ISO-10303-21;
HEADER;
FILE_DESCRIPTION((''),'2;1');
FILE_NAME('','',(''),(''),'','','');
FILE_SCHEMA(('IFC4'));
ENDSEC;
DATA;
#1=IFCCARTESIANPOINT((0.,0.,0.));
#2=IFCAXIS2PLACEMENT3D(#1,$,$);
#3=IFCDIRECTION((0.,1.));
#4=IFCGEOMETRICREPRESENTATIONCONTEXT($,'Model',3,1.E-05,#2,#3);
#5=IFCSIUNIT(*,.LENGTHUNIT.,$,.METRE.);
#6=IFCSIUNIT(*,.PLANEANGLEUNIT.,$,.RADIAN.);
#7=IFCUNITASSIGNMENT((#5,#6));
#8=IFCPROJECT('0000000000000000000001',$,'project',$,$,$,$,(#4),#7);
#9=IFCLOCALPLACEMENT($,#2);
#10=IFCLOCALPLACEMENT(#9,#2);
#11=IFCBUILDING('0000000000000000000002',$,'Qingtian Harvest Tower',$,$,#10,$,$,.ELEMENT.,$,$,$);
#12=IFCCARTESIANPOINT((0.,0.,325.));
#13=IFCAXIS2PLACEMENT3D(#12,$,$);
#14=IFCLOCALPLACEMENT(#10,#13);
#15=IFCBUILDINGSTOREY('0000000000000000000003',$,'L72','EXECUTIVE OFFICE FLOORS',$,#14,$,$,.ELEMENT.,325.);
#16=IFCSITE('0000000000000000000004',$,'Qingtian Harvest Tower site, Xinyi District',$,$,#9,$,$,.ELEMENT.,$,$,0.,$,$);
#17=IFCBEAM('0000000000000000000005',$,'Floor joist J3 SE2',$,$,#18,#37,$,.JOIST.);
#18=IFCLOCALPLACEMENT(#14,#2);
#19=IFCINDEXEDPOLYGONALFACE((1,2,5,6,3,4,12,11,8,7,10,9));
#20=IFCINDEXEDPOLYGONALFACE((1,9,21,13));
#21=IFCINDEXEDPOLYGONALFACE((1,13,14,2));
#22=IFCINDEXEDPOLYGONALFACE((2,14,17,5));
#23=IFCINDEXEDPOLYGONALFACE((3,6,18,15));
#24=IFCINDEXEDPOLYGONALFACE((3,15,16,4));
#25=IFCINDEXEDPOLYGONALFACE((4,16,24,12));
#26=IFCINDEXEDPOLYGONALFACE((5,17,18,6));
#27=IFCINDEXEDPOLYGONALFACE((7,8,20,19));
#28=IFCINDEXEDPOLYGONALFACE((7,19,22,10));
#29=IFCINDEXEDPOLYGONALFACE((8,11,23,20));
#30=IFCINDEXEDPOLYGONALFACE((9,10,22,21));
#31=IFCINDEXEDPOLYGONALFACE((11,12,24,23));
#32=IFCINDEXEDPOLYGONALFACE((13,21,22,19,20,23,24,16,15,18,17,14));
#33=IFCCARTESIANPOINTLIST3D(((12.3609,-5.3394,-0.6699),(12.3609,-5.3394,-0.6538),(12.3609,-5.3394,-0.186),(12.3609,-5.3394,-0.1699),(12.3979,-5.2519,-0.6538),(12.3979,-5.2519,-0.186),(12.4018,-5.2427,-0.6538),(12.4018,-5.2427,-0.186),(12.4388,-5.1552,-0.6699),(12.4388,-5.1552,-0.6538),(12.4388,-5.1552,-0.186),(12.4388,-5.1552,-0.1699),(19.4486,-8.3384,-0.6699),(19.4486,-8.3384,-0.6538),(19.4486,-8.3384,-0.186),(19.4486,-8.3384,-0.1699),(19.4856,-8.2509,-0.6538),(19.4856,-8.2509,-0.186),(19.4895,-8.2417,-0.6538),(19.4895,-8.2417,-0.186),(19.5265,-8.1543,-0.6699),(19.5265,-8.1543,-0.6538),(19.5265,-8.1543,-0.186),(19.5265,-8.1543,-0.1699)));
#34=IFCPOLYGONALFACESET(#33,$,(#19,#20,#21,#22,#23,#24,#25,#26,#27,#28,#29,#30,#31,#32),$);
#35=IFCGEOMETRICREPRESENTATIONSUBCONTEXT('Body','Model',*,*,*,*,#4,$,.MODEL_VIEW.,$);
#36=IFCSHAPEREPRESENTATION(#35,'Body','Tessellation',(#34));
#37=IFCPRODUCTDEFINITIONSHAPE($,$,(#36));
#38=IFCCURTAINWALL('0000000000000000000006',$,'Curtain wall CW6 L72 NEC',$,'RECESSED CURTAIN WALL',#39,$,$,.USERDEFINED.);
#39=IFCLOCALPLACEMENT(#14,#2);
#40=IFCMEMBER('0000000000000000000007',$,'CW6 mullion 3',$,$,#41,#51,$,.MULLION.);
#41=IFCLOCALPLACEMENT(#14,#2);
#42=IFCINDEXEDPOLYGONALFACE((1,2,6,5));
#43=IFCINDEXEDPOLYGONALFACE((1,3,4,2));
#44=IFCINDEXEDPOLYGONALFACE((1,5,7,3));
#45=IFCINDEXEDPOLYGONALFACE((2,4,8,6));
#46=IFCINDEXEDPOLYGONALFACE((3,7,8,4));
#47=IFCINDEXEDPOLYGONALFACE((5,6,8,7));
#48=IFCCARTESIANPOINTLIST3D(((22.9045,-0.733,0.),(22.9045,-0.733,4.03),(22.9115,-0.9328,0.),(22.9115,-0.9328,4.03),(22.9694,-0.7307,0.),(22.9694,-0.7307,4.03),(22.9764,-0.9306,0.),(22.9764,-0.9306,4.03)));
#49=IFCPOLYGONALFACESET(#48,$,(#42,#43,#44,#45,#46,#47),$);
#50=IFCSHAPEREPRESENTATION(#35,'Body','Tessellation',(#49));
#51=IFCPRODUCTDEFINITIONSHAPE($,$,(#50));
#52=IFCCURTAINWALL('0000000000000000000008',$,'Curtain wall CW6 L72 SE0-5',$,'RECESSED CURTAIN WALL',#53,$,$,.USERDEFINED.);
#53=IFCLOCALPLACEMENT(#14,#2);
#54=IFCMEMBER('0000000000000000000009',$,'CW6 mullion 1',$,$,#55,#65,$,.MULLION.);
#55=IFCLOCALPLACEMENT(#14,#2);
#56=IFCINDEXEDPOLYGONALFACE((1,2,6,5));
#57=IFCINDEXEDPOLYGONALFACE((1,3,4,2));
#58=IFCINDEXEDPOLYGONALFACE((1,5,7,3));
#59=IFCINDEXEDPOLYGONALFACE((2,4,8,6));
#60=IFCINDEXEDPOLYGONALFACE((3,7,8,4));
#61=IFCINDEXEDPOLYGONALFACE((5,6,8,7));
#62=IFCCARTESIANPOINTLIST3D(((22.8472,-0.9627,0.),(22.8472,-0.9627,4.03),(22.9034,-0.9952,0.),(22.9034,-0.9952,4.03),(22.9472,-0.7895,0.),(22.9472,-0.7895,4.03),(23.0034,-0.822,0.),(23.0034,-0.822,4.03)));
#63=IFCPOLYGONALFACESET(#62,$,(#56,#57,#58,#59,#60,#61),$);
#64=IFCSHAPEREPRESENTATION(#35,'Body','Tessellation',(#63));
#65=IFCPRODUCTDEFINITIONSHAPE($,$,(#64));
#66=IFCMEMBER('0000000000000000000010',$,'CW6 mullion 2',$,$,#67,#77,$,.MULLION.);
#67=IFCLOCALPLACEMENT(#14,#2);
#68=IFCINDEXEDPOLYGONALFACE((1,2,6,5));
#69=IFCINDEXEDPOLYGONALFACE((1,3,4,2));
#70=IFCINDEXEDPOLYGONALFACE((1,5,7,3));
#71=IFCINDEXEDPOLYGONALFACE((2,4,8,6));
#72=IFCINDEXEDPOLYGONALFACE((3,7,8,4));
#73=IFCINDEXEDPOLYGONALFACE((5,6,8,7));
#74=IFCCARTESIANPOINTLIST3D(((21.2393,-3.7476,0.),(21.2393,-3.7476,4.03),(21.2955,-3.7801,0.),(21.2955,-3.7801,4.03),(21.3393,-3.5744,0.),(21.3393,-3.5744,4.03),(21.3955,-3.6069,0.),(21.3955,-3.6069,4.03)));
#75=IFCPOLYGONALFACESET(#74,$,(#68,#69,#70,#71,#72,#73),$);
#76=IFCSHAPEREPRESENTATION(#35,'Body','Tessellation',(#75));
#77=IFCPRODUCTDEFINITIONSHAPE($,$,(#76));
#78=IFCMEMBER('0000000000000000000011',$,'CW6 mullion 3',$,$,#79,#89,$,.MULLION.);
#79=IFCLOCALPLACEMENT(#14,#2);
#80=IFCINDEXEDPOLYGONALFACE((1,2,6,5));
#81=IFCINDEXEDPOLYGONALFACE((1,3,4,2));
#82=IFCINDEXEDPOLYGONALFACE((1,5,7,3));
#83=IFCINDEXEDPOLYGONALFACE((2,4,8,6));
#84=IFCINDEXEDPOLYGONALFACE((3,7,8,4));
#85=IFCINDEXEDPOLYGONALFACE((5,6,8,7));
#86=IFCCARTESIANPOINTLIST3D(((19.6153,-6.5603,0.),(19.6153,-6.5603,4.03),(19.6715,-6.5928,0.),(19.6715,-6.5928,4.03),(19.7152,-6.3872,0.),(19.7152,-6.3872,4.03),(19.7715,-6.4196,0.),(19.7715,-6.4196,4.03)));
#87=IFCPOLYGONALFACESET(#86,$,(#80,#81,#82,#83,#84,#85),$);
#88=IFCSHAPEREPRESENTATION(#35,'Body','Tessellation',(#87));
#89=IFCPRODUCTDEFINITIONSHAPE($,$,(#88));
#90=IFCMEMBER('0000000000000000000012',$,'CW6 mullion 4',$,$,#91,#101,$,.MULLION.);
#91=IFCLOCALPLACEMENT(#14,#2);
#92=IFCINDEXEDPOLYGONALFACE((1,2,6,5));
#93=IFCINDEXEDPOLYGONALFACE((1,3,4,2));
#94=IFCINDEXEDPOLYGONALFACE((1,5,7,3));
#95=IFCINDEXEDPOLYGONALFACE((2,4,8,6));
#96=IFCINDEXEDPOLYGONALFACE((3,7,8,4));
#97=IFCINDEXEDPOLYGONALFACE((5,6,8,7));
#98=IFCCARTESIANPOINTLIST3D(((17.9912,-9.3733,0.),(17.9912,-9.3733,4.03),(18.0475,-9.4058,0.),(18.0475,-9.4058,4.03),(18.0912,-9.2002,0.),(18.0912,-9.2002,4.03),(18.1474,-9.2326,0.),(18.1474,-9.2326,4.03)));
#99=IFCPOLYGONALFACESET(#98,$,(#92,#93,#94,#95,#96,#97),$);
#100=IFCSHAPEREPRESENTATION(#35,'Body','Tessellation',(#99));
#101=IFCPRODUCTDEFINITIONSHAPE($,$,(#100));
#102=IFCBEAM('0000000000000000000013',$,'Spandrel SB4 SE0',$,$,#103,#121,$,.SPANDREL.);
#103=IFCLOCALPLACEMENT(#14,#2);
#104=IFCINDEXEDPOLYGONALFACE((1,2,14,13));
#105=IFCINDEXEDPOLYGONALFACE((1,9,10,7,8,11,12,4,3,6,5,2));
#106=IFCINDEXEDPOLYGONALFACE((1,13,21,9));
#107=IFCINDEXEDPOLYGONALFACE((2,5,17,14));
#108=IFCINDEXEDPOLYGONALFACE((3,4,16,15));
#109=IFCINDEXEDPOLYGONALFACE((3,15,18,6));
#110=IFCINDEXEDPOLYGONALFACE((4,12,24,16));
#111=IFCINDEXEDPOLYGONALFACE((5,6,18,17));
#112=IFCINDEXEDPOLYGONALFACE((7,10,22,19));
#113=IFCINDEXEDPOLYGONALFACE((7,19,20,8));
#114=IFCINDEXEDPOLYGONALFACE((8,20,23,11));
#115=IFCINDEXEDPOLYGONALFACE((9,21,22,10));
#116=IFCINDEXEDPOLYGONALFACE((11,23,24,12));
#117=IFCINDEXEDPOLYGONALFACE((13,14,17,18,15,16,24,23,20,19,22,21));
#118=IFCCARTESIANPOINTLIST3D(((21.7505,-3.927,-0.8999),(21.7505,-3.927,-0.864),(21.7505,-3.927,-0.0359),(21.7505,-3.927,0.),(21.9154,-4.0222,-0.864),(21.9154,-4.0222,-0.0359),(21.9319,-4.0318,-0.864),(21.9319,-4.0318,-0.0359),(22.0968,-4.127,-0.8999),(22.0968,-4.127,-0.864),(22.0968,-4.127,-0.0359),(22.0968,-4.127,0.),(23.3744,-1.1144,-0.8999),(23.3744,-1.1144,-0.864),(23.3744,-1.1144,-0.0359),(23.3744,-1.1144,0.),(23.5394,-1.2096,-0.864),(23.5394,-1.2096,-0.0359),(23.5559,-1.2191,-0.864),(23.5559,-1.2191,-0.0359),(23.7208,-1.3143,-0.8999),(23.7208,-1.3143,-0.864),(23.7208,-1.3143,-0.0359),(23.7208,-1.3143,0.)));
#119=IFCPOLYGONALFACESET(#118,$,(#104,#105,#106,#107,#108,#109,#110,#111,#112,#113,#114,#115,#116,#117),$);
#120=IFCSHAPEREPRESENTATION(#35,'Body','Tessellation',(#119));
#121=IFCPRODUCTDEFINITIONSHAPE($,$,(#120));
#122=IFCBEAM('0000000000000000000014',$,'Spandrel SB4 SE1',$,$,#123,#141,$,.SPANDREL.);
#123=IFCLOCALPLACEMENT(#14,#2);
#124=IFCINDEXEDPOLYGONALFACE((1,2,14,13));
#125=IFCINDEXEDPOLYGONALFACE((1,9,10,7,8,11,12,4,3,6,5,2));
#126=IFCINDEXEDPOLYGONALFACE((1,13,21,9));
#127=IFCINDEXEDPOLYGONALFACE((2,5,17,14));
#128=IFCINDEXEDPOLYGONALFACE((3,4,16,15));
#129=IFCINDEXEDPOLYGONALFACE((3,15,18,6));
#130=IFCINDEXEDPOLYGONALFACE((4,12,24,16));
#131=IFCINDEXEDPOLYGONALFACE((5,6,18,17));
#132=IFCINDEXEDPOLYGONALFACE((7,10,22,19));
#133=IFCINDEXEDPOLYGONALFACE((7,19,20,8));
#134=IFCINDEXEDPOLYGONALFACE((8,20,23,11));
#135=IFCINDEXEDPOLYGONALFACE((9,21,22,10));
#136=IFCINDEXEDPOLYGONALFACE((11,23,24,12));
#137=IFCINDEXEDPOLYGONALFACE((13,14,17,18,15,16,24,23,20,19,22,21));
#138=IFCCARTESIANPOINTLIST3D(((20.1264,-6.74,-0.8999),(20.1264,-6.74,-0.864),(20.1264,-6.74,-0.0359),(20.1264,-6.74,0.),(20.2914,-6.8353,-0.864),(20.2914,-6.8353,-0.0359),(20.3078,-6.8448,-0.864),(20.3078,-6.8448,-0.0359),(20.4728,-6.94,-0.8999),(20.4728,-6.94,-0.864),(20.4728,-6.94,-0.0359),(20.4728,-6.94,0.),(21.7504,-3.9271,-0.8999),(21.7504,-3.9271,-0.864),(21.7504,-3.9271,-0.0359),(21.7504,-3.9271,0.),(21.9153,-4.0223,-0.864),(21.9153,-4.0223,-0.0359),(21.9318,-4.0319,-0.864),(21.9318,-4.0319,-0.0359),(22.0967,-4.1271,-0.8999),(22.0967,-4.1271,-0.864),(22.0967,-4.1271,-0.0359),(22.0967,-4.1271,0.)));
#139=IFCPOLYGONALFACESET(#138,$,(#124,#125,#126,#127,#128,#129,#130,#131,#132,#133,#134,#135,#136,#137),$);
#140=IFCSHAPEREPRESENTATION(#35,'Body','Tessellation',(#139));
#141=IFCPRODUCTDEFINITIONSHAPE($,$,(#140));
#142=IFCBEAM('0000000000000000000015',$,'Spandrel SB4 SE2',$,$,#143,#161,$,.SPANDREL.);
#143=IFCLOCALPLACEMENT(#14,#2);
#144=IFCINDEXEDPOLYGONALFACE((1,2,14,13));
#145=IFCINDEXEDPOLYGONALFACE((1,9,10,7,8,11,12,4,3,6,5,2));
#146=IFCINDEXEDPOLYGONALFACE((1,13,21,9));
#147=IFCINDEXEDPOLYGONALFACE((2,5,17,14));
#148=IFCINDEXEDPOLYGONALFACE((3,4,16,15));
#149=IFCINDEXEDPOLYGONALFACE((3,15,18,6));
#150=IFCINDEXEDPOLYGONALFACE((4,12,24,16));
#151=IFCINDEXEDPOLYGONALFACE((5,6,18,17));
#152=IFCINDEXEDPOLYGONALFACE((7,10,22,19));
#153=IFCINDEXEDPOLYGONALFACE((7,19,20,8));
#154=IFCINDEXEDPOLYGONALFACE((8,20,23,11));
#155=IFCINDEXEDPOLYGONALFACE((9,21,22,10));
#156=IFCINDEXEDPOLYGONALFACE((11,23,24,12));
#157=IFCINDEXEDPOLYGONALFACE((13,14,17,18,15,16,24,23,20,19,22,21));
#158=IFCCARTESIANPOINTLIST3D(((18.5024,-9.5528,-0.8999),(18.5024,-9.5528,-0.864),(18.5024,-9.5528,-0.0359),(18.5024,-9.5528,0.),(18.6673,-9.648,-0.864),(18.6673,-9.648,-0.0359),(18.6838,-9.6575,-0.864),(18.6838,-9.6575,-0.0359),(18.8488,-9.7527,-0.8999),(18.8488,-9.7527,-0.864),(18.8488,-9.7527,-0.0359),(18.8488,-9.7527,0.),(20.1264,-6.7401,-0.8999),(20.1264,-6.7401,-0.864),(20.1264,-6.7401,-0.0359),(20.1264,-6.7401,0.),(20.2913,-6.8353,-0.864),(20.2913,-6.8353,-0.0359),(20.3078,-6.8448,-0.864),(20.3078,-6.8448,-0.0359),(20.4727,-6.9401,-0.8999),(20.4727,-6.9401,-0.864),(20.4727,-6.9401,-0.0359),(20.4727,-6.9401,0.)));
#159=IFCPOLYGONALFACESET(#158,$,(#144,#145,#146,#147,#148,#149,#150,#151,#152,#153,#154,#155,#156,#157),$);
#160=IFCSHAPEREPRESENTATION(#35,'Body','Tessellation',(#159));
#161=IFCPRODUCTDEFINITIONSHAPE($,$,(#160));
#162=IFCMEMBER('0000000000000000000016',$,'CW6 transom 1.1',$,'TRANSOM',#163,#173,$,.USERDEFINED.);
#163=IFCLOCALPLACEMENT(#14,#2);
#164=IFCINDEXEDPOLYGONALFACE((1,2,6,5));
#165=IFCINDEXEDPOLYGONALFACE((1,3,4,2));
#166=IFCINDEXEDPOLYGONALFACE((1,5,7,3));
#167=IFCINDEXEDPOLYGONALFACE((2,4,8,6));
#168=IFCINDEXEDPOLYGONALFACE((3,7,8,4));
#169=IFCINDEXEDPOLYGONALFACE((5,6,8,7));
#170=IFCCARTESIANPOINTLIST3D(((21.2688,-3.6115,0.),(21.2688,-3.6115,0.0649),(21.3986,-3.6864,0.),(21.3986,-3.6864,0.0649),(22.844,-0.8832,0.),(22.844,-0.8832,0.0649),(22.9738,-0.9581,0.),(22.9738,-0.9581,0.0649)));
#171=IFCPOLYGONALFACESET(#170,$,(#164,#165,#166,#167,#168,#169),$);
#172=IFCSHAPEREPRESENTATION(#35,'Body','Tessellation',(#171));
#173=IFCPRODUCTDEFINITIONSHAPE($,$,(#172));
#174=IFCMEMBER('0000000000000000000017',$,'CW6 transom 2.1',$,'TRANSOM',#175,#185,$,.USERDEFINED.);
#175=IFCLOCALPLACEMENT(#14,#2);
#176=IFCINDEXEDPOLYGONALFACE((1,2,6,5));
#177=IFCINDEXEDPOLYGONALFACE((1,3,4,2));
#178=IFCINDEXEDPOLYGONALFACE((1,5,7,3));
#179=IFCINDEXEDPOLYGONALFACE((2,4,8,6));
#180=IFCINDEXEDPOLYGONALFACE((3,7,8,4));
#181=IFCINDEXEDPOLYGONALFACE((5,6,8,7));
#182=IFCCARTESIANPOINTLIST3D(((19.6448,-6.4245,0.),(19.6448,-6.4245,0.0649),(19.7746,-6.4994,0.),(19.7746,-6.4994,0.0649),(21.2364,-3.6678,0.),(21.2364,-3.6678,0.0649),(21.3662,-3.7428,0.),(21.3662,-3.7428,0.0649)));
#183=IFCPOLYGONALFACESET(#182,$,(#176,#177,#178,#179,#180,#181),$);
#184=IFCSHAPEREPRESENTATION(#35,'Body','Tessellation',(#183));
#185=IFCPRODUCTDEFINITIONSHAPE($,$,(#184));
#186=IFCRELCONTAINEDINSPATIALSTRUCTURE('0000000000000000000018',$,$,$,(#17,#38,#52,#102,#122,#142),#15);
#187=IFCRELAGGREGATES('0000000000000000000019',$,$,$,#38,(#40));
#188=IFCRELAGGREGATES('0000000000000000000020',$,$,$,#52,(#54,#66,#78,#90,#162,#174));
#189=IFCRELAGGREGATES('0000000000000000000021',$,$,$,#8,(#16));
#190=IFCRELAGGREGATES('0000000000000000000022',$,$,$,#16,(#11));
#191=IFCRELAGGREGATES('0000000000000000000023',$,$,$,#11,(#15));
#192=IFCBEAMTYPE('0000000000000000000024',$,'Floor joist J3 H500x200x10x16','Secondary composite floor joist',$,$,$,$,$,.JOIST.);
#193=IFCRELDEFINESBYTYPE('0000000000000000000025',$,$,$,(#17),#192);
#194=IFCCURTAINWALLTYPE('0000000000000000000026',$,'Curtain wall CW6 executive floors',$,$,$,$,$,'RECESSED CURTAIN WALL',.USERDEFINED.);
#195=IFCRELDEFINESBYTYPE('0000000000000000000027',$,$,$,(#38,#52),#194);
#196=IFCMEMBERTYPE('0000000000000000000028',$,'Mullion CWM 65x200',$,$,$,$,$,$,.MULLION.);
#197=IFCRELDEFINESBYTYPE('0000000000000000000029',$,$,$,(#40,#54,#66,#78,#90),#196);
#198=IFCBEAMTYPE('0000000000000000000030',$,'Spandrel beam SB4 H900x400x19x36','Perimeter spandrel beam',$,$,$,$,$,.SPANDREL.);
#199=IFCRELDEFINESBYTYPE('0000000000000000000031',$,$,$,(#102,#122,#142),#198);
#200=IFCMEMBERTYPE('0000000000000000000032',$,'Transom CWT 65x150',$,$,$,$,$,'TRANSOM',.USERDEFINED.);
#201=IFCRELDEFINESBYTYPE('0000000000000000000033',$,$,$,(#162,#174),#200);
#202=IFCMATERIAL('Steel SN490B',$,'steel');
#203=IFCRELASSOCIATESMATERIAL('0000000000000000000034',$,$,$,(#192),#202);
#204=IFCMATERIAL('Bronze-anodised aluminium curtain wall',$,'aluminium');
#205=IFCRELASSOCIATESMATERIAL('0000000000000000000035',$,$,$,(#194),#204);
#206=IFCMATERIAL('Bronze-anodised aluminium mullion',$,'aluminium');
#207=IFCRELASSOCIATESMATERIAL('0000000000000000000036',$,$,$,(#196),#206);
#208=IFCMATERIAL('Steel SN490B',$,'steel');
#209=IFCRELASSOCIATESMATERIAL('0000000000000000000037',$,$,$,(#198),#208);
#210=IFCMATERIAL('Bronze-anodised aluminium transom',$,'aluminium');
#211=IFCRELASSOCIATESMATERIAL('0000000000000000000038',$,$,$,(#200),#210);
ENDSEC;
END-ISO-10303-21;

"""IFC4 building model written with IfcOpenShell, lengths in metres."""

from ifc_helpers import new_model, si_unit, direction, frame, origin, origin_2d, place, context, subcontext, project, spatial, rectangle, i_section, extrude, material, material_profile, profile_set, type_object, element, aggregate, save


model = new_model("IFC4")

# Units and contexts
model_context = context("Model", 3, precision=1e-05, world=origin(), true_north=direction((0.0, 1.0)))
body_context = subcontext(model_context, "Body", "Model", "MODEL_VIEW")
ifc_project = project(units=[si_unit("LENGTHUNIT", "METRE"), si_unit("PLANEANGLEUNIT", "RADIAN")], contexts=[model_context])

# Site, building, storey
site_placement = place(None, origin())
site = spatial("IfcSite", under=ifc_project, at=site_placement, Name="Qingtian Harvest Tower site, Xinyi District", CompositionType="ELEMENT", RefElevation=0.0)
building_placement = place(site_placement, origin())
building = spatial("IfcBuilding", under=site, at=building_placement, Name="Qingtian Harvest Tower", CompositionType="ELEMENT")
storey_placement = place(building_placement, frame((0.0, 0.0, 325.0)))
storey = spatial("IfcBuildingStorey", under=building, at=storey_placement, Name="L72", Description="EXECUTIVE OFFICE FLOORS", CompositionType="ELEMENT", Elevation=325.0)

# Beam
ifc_material_1 = material(Name="Steel SN490B", Category="steel")
ifc_material_profile_1 = material_profile(ifc_material_1, i_section(OverallWidth=0.2, OverallDepth=0.5, WebThickness=0.01, FlangeThickness=0.0161, at=origin_2d()), Name="H500x200x10x16")
ifc_profile_set_1 = profile_set([ifc_material_profile_1], Name="Steel SN490B")
beam_type_1 = type_object("IfcBeamType", Name="Floor joist J3 H500x200x10x16", Description="Secondary composite floor joist", PredefinedType="JOIST", material=ifc_profile_set_1)
beam_1_placement = place(storey_placement, frame((19.4875, -8.2463, -0.4199), z_axis=(-0.920948, 0.389684, 0.0), x_axis=(-0.389684, -0.920948, 0.0)))
element("IfcBeam", 1, at=beam_1_placement, inside=storey, type_object=beam_type_1, Name="Floor joist J3 SE2", PredefinedType="JOIST", context=body_context, shape_type="SweptSolid", body=[
    extrude(i_section(OverallWidth=0.2, OverallDepth=0.5, WebThickness=0.01, FlangeThickness=0.0161, at=origin_2d()), origin(), (0.0, 0.0, 1.0), 7.696),
])

# Curtain wall, member
ifc_material_2 = material(Name="Bronze-anodised aluminium curtain wall", Category="aluminium")
curtain_wall_type = type_object("IfcCurtainWallType", Name="Curtain wall CW6 executive floors", ElementType="RECESSED CURTAIN WALL", PredefinedType="USERDEFINED", material=ifc_material_2)
curtain_wall_1_placement = place(storey_placement, origin())
curtain_wall_1 = element("IfcCurtainWall", 2, at=curtain_wall_1_placement, inside=storey, type_object=curtain_wall_type, Name="Curtain wall CW6 L72 NEC", ObjectType="RECESSED CURTAIN WALL", PredefinedType="USERDEFINED")
ifc_material_3 = material(Name="Bronze-anodised aluminium mullion", Category="aluminium")
ifc_material_profile_2 = material_profile(ifc_material_3, rectangle(XDim=0.0649, YDim=0.2, at=origin_2d()), Name="AL 65x200")
ifc_profile_set_2 = profile_set([ifc_material_profile_2], Name="Bronze-anodised aluminium mullion")
member_type_1 = type_object("IfcMemberType", Name="Mullion CWM 65x200", PredefinedType="MULLION", material=ifc_profile_set_2)
member_1_placement = place(storey_placement, frame((22.9404, -0.8318, 0.0), z_axis=(0.0, 0.0, 1.0), x_axis=(0.999391, 0.034899, 0.0)))
member_1 = element("IfcMember", 3, at=member_1_placement, type_object=member_type_1, Name="CW6 mullion 3", PredefinedType="MULLION", context=body_context, shape_type="SweptSolid", body=[
    extrude(rectangle(XDim=0.0649, YDim=0.2, at=origin_2d()), origin(), (0.0, 0.0, 1.0), 4.03),
])

# Curtain wall, members
curtain_wall_2_placement = place(storey_placement, origin())
curtain_wall_2 = element("IfcCurtainWall", 4, at=curtain_wall_2_placement, inside=storey, type_object=curtain_wall_type, Name="Curtain wall CW6 L72 SE0-5", ObjectType="RECESSED CURTAIN WALL", PredefinedType="USERDEFINED")
member_2_placement = place(storey_placement, frame((22.9253, -0.8923, 0.0), z_axis=(0.0, 0.0, 1.0), x_axis=(0.866025, -0.5, 0.0)))
member_2 = element("IfcMember", 5, at=member_2_placement, type_object=member_type_1, Name="CW6 mullion 1", PredefinedType="MULLION", context=body_context, shape_type="SweptSolid", body=[
    extrude(rectangle(XDim=0.0649, YDim=0.2, at=origin_2d()), origin(), (0.0, 0.0, 1.0), 4.03),
])
member_3_placement = place(storey_placement, frame((21.3174, -3.6772, 0.0), z_axis=(0.0, 0.0, 1.0), x_axis=(0.866025, -0.5, 0.0)))
member_3 = element("IfcMember", 6, at=member_3_placement, type_object=member_type_1, Name="CW6 mullion 2", PredefinedType="MULLION", context=body_context, shape_type="SweptSolid", body=[
    extrude(rectangle(XDim=0.0649, YDim=0.2, at=origin_2d()), origin(), (0.0, 0.0, 1.0), 4.03),
])
member_4_placement = place(storey_placement, frame((19.6934, -6.49, 0.0), z_axis=(0.0, 0.0, 1.0), x_axis=(0.866025, -0.5, 0.0)))
member_4 = element("IfcMember", 7, at=member_4_placement, type_object=member_type_1, Name="CW6 mullion 3", PredefinedType="MULLION", context=body_context, shape_type="SweptSolid", body=[
    extrude(rectangle(XDim=0.0649, YDim=0.2, at=origin_2d()), origin(), (0.0, 0.0, 1.0), 4.03),
])
member_5_placement = place(storey_placement, frame((18.0693, -9.303, 0.0), z_axis=(0.0, 0.0, 1.0), x_axis=(0.866025, -0.5, 0.0)))
member_5 = element("IfcMember", 8, at=member_5_placement, type_object=member_type_1, Name="CW6 mullion 4", PredefinedType="MULLION", context=body_context, shape_type="SweptSolid", body=[
    extrude(rectangle(XDim=0.0649, YDim=0.2, at=origin_2d()), origin(), (0.0, 0.0, 1.0), 4.03),
])

# Beams
ifc_material_4 = material(Name="Steel SN490B", Category="steel")
ifc_material_profile_3 = material_profile(ifc_material_4, i_section(OverallWidth=0.3999, OverallDepth=0.8999, WebThickness=0.019, FlangeThickness=0.0359, at=origin_2d()), Name="H900x400x19x36")
ifc_profile_set_3 = profile_set([ifc_material_profile_3], Name="Steel SN490B")
beam_type_2 = type_object("IfcBeamType", Name="Spandrel beam SB4 H900x400x19x36", Description="Perimeter spandrel beam", PredefinedType="SPANDREL", material=ifc_profile_set_3)
beam_2_placement = place(storey_placement, frame((23.5476, -1.2144, -0.45), z_axis=(-0.50002, -0.866014, 0.0), x_axis=(0.866014, -0.50002, 0.0)))
element("IfcBeam", 9, at=beam_2_placement, inside=storey, type_object=beam_type_2, Name="Spandrel SB4 SE0", PredefinedType="SPANDREL", context=body_context, shape_type="SweptSolid", body=[
    extrude(i_section(OverallWidth=0.3999, OverallDepth=0.8999, WebThickness=0.019, FlangeThickness=0.0359, at=origin_2d()), origin(), (0.0, 0.0, 1.0), 3.2478),
])
beam_3_placement = place(storey_placement, frame((21.9236, -4.0271, -0.45), z_axis=(-0.499987, -0.866033, 0.0), x_axis=(0.866033, -0.499987, 0.0)))
element("IfcBeam", 10, at=beam_3_placement, inside=storey, type_object=beam_type_2, Name="Spandrel SB4 SE1", PredefinedType="SPANDREL", context=body_context, shape_type="SweptSolid", body=[
    extrude(i_section(OverallWidth=0.3999, OverallDepth=0.8999, WebThickness=0.019, FlangeThickness=0.0359, at=origin_2d()), origin(), (0.0, 0.0, 1.0), 3.248),
])
beam_4_placement = place(storey_placement, frame((20.2996, -6.8401, -0.45), z_axis=(-0.50002, -0.866014, 0.0), x_axis=(0.866014, -0.50002, 0.0)))
element("IfcBeam", 11, at=beam_4_placement, inside=storey, type_object=beam_type_2, Name="Spandrel SB4 SE2", PredefinedType="SPANDREL", context=body_context, shape_type="SweptSolid", body=[
    extrude(i_section(OverallWidth=0.3999, OverallDepth=0.8999, WebThickness=0.019, FlangeThickness=0.0359, at=origin_2d()), origin(), (0.0, 0.0, 1.0), 3.2478),
])

# Members
ifc_material_5 = material(Name="Bronze-anodised aluminium transom", Category="aluminium")
ifc_material_profile_4 = material_profile(ifc_material_5, rectangle(XDim=0.1499, YDim=0.0649, at=origin_2d()), Name="AL 65x150")
ifc_profile_set_4 = profile_set([ifc_material_profile_4], Name="Bronze-anodised aluminium transom")
member_type_2 = type_object("IfcMemberType", Name="Transom CWT 65x150", ElementType="TRANSOM", PredefinedType="USERDEFINED", material=ifc_profile_set_4)
member_6_placement = place(storey_placement, frame((22.9089, -0.9207, 0.0325), z_axis=(-0.500006, -0.866022, 0.0), x_axis=(0.866022, -0.500006, 0.0)))
member_6 = element("IfcMember", 12, at=member_6_placement, type_object=member_type_2, Name="CW6 transom 1.1", ObjectType="TRANSOM", PredefinedType="USERDEFINED", context=body_context, shape_type="SweptSolid", body=[
    extrude(rectangle(XDim=0.1499, YDim=0.0649, at=origin_2d()), origin(), (0.0, 0.0, 1.0), 3.1504),
])
member_7_placement = place(storey_placement, frame((21.3013, -3.7053, 0.0325), z_axis=(-0.500008, -0.866021, 0.0), x_axis=(0.866021, -0.500008, 0.0)))
member_7 = element("IfcMember", 13, at=member_7_placement, type_object=member_type_2, Name="CW6 transom 2.1", ObjectType="TRANSOM", PredefinedType="USERDEFINED", context=body_context, shape_type="SweptSolid", body=[
    extrude(rectangle(XDim=0.1499, YDim=0.0649, at=origin_2d()), origin(), (0.0, 0.0, 1.0), 3.1831),
])

aggregate(curtain_wall_1, [member_1])
aggregate(curtain_wall_2, [member_2, member_3, member_4, member_5, member_6, member_7])

save(model, "model.ifc")
